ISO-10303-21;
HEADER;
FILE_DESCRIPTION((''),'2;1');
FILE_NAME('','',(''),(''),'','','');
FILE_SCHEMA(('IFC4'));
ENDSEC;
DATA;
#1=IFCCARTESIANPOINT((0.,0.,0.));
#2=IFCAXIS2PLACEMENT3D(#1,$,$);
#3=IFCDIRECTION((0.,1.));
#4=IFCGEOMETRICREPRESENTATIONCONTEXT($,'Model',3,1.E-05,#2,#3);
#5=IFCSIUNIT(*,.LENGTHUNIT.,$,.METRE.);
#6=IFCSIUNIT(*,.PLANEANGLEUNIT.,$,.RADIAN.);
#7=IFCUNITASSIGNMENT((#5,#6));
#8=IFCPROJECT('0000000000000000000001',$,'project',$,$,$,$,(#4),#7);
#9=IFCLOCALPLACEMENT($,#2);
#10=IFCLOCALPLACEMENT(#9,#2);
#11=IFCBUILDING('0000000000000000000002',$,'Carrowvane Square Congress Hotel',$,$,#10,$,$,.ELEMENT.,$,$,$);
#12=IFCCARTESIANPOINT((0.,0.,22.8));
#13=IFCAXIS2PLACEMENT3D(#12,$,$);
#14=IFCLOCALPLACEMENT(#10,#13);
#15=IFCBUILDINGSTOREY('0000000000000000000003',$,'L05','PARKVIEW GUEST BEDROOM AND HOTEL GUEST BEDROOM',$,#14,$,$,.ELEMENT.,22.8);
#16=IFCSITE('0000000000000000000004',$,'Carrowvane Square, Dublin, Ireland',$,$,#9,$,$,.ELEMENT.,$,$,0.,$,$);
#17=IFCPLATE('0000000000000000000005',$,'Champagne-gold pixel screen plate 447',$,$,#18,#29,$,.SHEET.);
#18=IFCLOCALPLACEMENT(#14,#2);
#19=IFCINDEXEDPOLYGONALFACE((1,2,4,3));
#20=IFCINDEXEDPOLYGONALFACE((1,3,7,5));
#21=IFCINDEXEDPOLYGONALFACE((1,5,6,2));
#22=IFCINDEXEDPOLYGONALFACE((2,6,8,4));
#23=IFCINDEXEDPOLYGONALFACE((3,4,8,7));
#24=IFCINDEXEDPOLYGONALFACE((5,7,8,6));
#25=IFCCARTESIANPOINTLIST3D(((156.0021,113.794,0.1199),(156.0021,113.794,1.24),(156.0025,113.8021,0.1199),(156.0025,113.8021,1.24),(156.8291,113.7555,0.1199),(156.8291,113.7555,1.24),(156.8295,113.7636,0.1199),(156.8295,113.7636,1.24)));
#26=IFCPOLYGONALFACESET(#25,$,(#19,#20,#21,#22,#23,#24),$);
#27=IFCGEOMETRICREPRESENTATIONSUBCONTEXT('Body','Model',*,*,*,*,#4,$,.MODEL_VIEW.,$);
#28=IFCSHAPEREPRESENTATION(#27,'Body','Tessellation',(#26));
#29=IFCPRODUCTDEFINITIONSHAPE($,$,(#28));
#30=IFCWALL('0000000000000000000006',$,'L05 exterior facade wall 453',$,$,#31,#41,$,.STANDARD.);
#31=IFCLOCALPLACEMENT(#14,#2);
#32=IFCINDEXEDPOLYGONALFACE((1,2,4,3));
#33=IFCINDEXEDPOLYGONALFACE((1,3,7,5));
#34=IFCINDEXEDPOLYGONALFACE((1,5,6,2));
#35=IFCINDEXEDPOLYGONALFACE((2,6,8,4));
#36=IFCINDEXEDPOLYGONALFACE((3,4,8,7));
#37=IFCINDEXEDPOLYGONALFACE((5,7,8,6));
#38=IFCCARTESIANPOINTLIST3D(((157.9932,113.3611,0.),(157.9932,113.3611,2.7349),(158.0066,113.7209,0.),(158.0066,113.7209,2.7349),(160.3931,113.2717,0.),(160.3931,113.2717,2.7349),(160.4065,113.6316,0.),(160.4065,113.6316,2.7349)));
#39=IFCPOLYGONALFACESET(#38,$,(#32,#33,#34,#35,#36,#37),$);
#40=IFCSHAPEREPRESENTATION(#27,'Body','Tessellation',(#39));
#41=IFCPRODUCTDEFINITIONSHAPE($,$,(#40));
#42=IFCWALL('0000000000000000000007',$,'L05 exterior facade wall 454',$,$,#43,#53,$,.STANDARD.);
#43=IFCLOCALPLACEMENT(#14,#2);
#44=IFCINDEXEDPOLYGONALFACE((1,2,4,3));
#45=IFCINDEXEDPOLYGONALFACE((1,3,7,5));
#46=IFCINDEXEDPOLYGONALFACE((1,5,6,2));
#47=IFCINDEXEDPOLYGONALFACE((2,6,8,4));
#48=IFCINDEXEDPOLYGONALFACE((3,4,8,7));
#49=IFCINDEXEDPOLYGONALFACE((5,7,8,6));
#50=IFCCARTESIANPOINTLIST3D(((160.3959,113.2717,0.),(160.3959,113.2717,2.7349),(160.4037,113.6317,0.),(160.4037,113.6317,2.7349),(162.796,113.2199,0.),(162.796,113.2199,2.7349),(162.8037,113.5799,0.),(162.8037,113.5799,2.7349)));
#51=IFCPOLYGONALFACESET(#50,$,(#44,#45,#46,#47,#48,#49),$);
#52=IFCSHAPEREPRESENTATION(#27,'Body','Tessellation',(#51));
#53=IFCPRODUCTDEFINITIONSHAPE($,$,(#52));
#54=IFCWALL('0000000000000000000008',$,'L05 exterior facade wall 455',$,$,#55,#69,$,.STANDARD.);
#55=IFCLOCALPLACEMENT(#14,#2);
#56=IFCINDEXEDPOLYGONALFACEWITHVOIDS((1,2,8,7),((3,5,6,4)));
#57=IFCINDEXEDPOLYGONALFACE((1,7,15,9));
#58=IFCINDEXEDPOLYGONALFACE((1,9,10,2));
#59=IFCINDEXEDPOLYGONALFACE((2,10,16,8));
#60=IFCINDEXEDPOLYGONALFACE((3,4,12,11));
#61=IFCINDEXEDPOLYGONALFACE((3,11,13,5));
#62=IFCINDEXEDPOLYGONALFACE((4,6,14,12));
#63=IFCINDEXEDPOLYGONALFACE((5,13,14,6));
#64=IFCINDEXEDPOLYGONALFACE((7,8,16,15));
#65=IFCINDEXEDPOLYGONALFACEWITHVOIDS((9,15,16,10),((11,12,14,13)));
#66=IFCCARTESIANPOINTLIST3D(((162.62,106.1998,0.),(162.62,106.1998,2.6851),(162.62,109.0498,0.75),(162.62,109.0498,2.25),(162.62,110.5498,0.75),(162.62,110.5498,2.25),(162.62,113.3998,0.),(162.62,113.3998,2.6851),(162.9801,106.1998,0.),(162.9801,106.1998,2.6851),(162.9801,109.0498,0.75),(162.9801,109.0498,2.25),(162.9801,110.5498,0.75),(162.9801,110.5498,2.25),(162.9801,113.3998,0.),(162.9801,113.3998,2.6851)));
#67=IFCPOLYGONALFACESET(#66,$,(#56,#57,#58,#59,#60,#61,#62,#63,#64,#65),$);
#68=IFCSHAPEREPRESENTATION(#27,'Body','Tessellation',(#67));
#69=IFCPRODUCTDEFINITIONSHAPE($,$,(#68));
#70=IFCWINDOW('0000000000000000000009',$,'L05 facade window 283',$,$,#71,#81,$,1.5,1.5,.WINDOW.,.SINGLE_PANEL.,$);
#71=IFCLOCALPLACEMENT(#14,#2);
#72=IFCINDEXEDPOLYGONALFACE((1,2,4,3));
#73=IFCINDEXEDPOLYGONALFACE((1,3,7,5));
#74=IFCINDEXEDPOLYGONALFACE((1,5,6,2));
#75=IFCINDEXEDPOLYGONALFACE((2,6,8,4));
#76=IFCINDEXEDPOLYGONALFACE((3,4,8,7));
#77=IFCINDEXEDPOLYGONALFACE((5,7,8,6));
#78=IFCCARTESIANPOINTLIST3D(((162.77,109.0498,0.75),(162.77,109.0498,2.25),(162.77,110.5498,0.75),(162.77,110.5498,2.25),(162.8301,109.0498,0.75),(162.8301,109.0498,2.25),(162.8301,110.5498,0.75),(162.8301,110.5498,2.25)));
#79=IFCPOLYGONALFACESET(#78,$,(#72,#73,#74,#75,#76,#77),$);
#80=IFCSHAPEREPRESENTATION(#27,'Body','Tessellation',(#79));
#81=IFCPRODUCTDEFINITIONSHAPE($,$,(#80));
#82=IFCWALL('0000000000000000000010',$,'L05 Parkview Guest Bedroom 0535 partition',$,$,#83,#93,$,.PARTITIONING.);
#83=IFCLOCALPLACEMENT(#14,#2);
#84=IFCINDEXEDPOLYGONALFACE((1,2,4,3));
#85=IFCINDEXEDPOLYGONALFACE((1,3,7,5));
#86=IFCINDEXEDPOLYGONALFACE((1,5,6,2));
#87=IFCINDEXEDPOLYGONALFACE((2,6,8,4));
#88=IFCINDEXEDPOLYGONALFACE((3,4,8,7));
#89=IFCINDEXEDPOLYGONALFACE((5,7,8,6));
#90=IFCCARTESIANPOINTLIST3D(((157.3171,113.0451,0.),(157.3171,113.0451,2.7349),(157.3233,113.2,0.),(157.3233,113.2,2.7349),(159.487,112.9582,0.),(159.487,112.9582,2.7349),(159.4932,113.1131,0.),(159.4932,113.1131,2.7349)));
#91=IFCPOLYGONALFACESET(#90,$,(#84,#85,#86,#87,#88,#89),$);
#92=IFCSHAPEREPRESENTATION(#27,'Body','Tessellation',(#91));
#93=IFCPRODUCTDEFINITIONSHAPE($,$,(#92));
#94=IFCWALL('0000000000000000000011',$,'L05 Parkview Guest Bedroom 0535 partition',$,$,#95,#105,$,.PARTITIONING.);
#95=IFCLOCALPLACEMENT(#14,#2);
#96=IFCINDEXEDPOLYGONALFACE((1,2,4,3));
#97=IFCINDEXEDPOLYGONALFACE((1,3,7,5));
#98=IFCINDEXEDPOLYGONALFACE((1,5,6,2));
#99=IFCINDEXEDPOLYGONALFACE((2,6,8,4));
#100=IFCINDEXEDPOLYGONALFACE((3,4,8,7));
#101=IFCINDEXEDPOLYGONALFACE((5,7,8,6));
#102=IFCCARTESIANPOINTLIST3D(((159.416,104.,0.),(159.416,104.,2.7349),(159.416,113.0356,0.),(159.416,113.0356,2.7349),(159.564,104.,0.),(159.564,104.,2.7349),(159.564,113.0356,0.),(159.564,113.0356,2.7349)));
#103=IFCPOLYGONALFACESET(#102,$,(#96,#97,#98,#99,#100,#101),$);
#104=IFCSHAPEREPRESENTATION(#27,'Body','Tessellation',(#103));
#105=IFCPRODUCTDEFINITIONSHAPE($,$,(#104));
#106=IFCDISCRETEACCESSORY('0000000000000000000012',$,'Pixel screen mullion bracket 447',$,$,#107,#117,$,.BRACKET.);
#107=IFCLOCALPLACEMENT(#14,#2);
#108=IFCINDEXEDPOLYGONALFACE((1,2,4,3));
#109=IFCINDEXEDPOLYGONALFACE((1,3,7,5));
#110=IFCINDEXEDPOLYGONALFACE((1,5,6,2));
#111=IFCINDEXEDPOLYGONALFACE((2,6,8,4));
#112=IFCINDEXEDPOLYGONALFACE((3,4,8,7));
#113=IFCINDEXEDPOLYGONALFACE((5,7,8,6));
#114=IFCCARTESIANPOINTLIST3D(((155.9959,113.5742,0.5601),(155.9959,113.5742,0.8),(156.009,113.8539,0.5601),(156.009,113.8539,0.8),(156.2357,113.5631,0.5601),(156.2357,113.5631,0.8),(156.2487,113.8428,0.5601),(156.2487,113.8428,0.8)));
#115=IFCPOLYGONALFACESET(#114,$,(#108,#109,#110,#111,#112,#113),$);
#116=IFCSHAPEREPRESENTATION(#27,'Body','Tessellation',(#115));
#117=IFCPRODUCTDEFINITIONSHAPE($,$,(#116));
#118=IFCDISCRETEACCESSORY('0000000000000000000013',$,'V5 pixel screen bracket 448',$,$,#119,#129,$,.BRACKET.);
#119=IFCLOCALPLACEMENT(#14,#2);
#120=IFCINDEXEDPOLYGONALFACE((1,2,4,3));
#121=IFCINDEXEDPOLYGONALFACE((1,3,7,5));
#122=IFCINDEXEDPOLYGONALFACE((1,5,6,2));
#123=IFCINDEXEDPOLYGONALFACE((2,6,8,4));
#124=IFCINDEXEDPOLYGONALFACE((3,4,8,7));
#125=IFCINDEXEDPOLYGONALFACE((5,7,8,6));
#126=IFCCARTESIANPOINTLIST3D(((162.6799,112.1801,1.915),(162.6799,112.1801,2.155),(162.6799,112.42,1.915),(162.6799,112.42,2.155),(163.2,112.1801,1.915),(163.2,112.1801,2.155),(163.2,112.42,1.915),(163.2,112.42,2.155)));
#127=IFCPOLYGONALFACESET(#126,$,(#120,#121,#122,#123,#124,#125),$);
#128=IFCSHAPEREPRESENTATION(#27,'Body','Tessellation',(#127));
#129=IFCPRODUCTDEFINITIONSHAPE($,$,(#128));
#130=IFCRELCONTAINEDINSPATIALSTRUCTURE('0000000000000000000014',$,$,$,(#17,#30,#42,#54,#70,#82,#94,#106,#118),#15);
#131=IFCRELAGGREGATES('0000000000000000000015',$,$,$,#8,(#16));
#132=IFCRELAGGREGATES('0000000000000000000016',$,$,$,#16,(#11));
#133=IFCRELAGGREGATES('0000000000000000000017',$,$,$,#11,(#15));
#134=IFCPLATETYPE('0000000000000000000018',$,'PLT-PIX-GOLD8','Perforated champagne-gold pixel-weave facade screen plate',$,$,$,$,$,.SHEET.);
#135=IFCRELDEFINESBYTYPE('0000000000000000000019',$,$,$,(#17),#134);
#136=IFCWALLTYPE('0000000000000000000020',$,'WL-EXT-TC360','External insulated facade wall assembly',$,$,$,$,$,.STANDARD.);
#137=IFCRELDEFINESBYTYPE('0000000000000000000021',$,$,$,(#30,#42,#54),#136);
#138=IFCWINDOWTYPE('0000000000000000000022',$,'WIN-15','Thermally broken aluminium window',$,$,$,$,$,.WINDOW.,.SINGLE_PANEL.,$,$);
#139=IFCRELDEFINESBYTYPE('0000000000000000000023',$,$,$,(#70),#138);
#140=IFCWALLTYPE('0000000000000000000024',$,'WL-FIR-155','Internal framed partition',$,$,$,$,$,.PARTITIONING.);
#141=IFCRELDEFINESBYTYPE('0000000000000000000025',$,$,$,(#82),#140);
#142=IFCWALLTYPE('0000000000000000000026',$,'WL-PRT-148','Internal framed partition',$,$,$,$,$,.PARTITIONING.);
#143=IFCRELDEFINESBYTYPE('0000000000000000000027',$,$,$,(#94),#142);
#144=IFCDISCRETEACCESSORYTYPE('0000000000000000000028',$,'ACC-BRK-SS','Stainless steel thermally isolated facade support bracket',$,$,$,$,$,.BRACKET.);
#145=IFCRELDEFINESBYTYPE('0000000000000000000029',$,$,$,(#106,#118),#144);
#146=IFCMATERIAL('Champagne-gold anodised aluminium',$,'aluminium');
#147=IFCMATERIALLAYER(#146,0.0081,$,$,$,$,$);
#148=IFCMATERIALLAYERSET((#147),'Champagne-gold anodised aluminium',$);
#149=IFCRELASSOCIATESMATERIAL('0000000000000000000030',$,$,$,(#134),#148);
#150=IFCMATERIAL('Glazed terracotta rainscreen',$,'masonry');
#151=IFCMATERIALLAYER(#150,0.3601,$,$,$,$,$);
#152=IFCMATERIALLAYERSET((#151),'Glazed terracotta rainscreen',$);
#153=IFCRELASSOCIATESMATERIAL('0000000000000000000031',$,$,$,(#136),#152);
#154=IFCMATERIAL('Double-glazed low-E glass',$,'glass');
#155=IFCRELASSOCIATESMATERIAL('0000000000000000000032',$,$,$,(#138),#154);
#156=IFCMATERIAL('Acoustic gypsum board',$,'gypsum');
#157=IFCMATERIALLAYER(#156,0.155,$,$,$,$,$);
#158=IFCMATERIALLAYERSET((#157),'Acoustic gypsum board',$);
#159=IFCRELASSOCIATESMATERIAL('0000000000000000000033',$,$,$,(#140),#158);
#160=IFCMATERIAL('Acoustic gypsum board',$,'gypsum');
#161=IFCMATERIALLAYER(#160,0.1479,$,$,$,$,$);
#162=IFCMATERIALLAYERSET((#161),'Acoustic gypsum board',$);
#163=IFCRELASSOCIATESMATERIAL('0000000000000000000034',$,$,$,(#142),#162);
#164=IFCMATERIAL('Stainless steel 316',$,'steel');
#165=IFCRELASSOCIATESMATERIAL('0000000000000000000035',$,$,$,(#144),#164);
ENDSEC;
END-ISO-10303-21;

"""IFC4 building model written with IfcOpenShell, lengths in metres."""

from ifc_helpers import new_model, si_unit, direction, frame, frame_2d, origin, origin_2d, place, context, subcontext, project, spatial, rectangle, extrude, material, layer, layer_set, type_object, element, fill, save


model = new_model("IFC4")

# Units and contexts
model_context = context("Model", 3, precision=1e-05, world=origin(), true_north=direction((0.0, 1.0)))
body_context = subcontext(model_context, "Body", "Model", "MODEL_VIEW")
ifc_project = project(units=[si_unit("LENGTHUNIT", "METRE"), si_unit("PLANEANGLEUNIT", "RADIAN")], contexts=[model_context])

# Site, building, storey
site_placement = place(None, origin())
site = spatial("IfcSite", under=ifc_project, at=site_placement, Name="Carrowvane Square, Dublin, Ireland", CompositionType="ELEMENT", RefElevation=0.0)
building_placement = place(site_placement, origin())
building = spatial("IfcBuilding", under=site, at=building_placement, Name="Carrowvane Square Congress Hotel", CompositionType="ELEMENT")
storey_placement = place(building_placement, frame((0.0, 0.0, 22.8)))
storey = spatial("IfcBuildingStorey", under=building, at=storey_placement, Name="L05", Description="PARKVIEW GUEST BEDROOM AND HOTEL GUEST BEDROOM", CompositionType="ELEMENT", Elevation=22.8)

# Plate
ifc_material_1 = material(Name="Champagne-gold anodised aluminium", Category="aluminium")
ifc_layer_1 = layer(ifc_material_1, 0.0081)
ifc_layer_set_1 = layer_set([ifc_layer_1], Name="Champagne-gold anodised aluminium")
plate_type_1 = type_object("IfcPlateType", Name="PLT-PIX-GOLD8", Description="Perforated champagne-gold pixel-weave facade screen plate", PredefinedType="SHEET", material=ifc_layer_set_1)
plate_1_placement = place(storey_placement, frame((156.4158, 113.7788, 0.1199), z_axis=(0.0, 0.0, 1.0), x_axis=(0.998917, -0.046521, 0.0)))
element("IfcPlate", 1, at=plate_1_placement, inside=storey, type_object=plate_type_1, Name="Champagne-gold pixel screen plate 447", PredefinedType="SHEET", context=body_context, shape_type="SweptSolid", body=[
    extrude(rectangle(XDim=0.8279, YDim=0.0081, at=origin_2d()), origin(), (0.0, 0.0, 1.0), 1.1201),
])

# Walls
ifc_material_2 = material(Name="Glazed terracotta rainscreen", Category="masonry")
ifc_layer_2 = layer(ifc_material_2, 0.3601)
ifc_layer_set_2 = layer_set([ifc_layer_2], Name="Glazed terracotta rainscreen")
wall_type_1 = type_object("IfcWallType", Name="WL-EXT-TC360", Description="External insulated facade wall assembly", PredefinedType="STANDARD", material=ifc_layer_set_2)
wall_1_placement = place(storey_placement, frame((158.0, 113.541, 0.0), z_axis=(0.0, 0.0, 1.0), x_axis=(0.999308, -0.037207, 0.0)))
element("IfcWall", 2, at=wall_1_placement, inside=storey, type_object=wall_type_1, Name="L05 exterior facade wall 453", PredefinedType="STANDARD", context=body_context, shape_type="SweptSolid", body=[
    extrude(rectangle(XDim=2.4016, YDim=0.3601, at=frame_2d((1.2007, 0.0))), origin(), (0.0, 0.0, 1.0), 2.7349),
])
wall_2_placement = place(storey_placement, frame((160.3999, 113.4517, 0.0), z_axis=(0.0, 0.0, 1.0), x_axis=(0.999768, -0.021559, 0.0)))
element("IfcWall", 3, at=wall_2_placement, inside=storey, type_object=wall_type_1, Name="L05 exterior facade wall 454", PredefinedType="STANDARD", context=body_context, shape_type="SweptSolid", body=[
    extrude(rectangle(XDim=2.4006, YDim=0.3601, at=frame_2d((1.2002, 0.0))), origin(), (0.0, 0.0, 1.0), 2.7349),
])

# Wall, opening, window
wall_3_placement = place(storey_placement, frame((162.8, 113.3999, 0.0), z_axis=(0.0, 0.0, 1.0), x_axis=(0.0, -1.0, 0.0)))
wall_3 = element("IfcWall", 4, at=wall_3_placement, inside=storey, type_object=wall_type_1, Name="L05 exterior facade wall 455", PredefinedType="STANDARD", context=body_context, shape_type="SweptSolid", body=[
    extrude(rectangle(XDim=7.2, YDim=0.3601, at=frame_2d((3.6001, 0.0))), origin(), (0.0, 0.0, 1.0), 2.6851),
])
opening_placement = place(wall_3_placement, frame((2.8501, 0.0, 0.75)))
opening = element("IfcOpeningElement", 5, at=opening_placement, cuts=wall_3, PredefinedType="OPENING", context=body_context, shape_type="SweptSolid", body=[
    extrude(rectangle(XDim=1.5, YDim=1.5, at=frame_2d((0.75, 0.75))), frame((0.0, 0.1899, 0.0), z_axis=(0.0, -1.0, 0.0), x_axis=(1.0, 0.0, 0.0)), (0.0, 0.0, 1.0), 0.3801),
])
ifc_material_3 = material(Name="Double-glazed low-E glass", Category="glass")
window_type = type_object("IfcWindowType", Name="WIN-15", Description="Thermally broken aluminium window", PartitioningType="SINGLE_PANEL", PredefinedType="WINDOW", material=ifc_material_3)
window_placement = place(opening_placement, origin())
window = element("IfcWindow", 6, at=window_placement, inside=storey, type_object=window_type, Name="L05 facade window 283", OverallHeight=1.5, OverallWidth=1.5, PartitioningType="SINGLE_PANEL", PredefinedType="WINDOW", context=body_context, shape_type="SweptSolid", body=[
    extrude(rectangle(XDim=1.5, YDim=1.5, at=frame_2d((0.75, 0.75))), frame((0.0, 0.03, 0.0), z_axis=(0.0, -1.0, 0.0), x_axis=(1.0, 0.0, 0.0)), (0.0, 0.0, 1.0), 0.0601),
])
fill(opening, window)

# Walls
ifc_material_4 = material(Name="Acoustic gypsum board", Category="gypsum")
ifc_layer_3 = layer(ifc_material_4, 0.155)
ifc_layer_set_3 = layer_set([ifc_layer_3], Name="Acoustic gypsum board")
wall_type_2 = type_object("IfcWallType", Name="WL-FIR-155", Description="Internal framed partition", PredefinedType="PARTITIONING", material=ifc_layer_set_3)
wall_4_placement = place(storey_placement, frame((157.3201, 113.1226, 0.0), z_axis=(0.0, 0.0, 1.0), x_axis=(0.999199, -0.040022, 0.0)))
element("IfcWall", 7, at=wall_4_placement, inside=storey, type_object=wall_type_2, Name="L05 Parkview Guest Bedroom 0535 partition", PredefinedType="PARTITIONING", context=body_context, shape_type="SweptSolid", body=[
    extrude(rectangle(XDim=2.1716, YDim=0.155, at=frame_2d((1.0859, 0.0))), origin(), (0.0, 0.0, 1.0), 2.7349),
])
ifc_material_5 = material(Name="Acoustic gypsum board", Category="gypsum")
ifc_layer_4 = layer(ifc_material_5, 0.1479)
ifc_layer_set_4 = layer_set([ifc_layer_4], Name="Acoustic gypsum board")
wall_type_3 = type_object("IfcWallType", Name="WL-PRT-148", Description="Internal framed partition", PredefinedType="PARTITIONING", material=ifc_layer_set_4)
wall_5_placement = place(storey_placement, frame((159.49, 113.0356, 0.0), z_axis=(0.0, 0.0, 1.0), x_axis=(0.0, -1.0, 0.0)))
element("IfcWall", 8, at=wall_5_placement, inside=storey, type_object=wall_type_3, Name="L05 Parkview Guest Bedroom 0535 partition", PredefinedType="PARTITIONING", context=body_context, shape_type="SweptSolid", body=[
    extrude(rectangle(XDim=9.0356, YDim=0.1479, at=frame_2d((4.5178, 0.0))), origin(), (0.0, 0.0, 1.0), 2.7349),
])

# Discrete accessories
ifc_material_6 = material(Name="Stainless steel 316", Category="steel")
discrete_accessory_type = type_object("IfcDiscreteAccessoryType", Name="ACC-BRK-SS", Description="Stainless steel thermally isolated facade support bracket", PredefinedType="BRACKET", material=ifc_material_6)
discrete_accessory_1_placement = place(storey_placement, frame((156.1223, 113.7085, 0.5601), z_axis=(0.0, 0.0, 1.0), x_axis=(0.998917, -0.046521, 0.0)))
element("IfcDiscreteAccessory", 9, at=discrete_accessory_1_placement, inside=storey, type_object=discrete_accessory_type, Name="Pixel screen mullion bracket 447", PredefinedType="BRACKET", context=body_context, shape_type="SweptSolid", body=[
    extrude(rectangle(XDim=0.24, YDim=0.28, at=origin_2d()), origin(), (0.0, 0.0, 1.0), 0.24),
])
discrete_accessory_2_placement = place(storey_placement, frame((162.9399, 112.3, 1.915), z_axis=(0.0, 0.0, 1.0), x_axis=(0.0, -1.0, 0.0)))
element("IfcDiscreteAccessory", 10, at=discrete_accessory_2_placement, inside=storey, type_object=discrete_accessory_type, Name="V5 pixel screen bracket 448", PredefinedType="BRACKET", context=body_context, shape_type="SweptSolid", body=[
    extrude(rectangle(XDim=0.24, YDim=0.52, at=origin_2d()), origin(), (0.0, 0.0, 1.0), 0.24),
])

save(model, "model.ifc")
